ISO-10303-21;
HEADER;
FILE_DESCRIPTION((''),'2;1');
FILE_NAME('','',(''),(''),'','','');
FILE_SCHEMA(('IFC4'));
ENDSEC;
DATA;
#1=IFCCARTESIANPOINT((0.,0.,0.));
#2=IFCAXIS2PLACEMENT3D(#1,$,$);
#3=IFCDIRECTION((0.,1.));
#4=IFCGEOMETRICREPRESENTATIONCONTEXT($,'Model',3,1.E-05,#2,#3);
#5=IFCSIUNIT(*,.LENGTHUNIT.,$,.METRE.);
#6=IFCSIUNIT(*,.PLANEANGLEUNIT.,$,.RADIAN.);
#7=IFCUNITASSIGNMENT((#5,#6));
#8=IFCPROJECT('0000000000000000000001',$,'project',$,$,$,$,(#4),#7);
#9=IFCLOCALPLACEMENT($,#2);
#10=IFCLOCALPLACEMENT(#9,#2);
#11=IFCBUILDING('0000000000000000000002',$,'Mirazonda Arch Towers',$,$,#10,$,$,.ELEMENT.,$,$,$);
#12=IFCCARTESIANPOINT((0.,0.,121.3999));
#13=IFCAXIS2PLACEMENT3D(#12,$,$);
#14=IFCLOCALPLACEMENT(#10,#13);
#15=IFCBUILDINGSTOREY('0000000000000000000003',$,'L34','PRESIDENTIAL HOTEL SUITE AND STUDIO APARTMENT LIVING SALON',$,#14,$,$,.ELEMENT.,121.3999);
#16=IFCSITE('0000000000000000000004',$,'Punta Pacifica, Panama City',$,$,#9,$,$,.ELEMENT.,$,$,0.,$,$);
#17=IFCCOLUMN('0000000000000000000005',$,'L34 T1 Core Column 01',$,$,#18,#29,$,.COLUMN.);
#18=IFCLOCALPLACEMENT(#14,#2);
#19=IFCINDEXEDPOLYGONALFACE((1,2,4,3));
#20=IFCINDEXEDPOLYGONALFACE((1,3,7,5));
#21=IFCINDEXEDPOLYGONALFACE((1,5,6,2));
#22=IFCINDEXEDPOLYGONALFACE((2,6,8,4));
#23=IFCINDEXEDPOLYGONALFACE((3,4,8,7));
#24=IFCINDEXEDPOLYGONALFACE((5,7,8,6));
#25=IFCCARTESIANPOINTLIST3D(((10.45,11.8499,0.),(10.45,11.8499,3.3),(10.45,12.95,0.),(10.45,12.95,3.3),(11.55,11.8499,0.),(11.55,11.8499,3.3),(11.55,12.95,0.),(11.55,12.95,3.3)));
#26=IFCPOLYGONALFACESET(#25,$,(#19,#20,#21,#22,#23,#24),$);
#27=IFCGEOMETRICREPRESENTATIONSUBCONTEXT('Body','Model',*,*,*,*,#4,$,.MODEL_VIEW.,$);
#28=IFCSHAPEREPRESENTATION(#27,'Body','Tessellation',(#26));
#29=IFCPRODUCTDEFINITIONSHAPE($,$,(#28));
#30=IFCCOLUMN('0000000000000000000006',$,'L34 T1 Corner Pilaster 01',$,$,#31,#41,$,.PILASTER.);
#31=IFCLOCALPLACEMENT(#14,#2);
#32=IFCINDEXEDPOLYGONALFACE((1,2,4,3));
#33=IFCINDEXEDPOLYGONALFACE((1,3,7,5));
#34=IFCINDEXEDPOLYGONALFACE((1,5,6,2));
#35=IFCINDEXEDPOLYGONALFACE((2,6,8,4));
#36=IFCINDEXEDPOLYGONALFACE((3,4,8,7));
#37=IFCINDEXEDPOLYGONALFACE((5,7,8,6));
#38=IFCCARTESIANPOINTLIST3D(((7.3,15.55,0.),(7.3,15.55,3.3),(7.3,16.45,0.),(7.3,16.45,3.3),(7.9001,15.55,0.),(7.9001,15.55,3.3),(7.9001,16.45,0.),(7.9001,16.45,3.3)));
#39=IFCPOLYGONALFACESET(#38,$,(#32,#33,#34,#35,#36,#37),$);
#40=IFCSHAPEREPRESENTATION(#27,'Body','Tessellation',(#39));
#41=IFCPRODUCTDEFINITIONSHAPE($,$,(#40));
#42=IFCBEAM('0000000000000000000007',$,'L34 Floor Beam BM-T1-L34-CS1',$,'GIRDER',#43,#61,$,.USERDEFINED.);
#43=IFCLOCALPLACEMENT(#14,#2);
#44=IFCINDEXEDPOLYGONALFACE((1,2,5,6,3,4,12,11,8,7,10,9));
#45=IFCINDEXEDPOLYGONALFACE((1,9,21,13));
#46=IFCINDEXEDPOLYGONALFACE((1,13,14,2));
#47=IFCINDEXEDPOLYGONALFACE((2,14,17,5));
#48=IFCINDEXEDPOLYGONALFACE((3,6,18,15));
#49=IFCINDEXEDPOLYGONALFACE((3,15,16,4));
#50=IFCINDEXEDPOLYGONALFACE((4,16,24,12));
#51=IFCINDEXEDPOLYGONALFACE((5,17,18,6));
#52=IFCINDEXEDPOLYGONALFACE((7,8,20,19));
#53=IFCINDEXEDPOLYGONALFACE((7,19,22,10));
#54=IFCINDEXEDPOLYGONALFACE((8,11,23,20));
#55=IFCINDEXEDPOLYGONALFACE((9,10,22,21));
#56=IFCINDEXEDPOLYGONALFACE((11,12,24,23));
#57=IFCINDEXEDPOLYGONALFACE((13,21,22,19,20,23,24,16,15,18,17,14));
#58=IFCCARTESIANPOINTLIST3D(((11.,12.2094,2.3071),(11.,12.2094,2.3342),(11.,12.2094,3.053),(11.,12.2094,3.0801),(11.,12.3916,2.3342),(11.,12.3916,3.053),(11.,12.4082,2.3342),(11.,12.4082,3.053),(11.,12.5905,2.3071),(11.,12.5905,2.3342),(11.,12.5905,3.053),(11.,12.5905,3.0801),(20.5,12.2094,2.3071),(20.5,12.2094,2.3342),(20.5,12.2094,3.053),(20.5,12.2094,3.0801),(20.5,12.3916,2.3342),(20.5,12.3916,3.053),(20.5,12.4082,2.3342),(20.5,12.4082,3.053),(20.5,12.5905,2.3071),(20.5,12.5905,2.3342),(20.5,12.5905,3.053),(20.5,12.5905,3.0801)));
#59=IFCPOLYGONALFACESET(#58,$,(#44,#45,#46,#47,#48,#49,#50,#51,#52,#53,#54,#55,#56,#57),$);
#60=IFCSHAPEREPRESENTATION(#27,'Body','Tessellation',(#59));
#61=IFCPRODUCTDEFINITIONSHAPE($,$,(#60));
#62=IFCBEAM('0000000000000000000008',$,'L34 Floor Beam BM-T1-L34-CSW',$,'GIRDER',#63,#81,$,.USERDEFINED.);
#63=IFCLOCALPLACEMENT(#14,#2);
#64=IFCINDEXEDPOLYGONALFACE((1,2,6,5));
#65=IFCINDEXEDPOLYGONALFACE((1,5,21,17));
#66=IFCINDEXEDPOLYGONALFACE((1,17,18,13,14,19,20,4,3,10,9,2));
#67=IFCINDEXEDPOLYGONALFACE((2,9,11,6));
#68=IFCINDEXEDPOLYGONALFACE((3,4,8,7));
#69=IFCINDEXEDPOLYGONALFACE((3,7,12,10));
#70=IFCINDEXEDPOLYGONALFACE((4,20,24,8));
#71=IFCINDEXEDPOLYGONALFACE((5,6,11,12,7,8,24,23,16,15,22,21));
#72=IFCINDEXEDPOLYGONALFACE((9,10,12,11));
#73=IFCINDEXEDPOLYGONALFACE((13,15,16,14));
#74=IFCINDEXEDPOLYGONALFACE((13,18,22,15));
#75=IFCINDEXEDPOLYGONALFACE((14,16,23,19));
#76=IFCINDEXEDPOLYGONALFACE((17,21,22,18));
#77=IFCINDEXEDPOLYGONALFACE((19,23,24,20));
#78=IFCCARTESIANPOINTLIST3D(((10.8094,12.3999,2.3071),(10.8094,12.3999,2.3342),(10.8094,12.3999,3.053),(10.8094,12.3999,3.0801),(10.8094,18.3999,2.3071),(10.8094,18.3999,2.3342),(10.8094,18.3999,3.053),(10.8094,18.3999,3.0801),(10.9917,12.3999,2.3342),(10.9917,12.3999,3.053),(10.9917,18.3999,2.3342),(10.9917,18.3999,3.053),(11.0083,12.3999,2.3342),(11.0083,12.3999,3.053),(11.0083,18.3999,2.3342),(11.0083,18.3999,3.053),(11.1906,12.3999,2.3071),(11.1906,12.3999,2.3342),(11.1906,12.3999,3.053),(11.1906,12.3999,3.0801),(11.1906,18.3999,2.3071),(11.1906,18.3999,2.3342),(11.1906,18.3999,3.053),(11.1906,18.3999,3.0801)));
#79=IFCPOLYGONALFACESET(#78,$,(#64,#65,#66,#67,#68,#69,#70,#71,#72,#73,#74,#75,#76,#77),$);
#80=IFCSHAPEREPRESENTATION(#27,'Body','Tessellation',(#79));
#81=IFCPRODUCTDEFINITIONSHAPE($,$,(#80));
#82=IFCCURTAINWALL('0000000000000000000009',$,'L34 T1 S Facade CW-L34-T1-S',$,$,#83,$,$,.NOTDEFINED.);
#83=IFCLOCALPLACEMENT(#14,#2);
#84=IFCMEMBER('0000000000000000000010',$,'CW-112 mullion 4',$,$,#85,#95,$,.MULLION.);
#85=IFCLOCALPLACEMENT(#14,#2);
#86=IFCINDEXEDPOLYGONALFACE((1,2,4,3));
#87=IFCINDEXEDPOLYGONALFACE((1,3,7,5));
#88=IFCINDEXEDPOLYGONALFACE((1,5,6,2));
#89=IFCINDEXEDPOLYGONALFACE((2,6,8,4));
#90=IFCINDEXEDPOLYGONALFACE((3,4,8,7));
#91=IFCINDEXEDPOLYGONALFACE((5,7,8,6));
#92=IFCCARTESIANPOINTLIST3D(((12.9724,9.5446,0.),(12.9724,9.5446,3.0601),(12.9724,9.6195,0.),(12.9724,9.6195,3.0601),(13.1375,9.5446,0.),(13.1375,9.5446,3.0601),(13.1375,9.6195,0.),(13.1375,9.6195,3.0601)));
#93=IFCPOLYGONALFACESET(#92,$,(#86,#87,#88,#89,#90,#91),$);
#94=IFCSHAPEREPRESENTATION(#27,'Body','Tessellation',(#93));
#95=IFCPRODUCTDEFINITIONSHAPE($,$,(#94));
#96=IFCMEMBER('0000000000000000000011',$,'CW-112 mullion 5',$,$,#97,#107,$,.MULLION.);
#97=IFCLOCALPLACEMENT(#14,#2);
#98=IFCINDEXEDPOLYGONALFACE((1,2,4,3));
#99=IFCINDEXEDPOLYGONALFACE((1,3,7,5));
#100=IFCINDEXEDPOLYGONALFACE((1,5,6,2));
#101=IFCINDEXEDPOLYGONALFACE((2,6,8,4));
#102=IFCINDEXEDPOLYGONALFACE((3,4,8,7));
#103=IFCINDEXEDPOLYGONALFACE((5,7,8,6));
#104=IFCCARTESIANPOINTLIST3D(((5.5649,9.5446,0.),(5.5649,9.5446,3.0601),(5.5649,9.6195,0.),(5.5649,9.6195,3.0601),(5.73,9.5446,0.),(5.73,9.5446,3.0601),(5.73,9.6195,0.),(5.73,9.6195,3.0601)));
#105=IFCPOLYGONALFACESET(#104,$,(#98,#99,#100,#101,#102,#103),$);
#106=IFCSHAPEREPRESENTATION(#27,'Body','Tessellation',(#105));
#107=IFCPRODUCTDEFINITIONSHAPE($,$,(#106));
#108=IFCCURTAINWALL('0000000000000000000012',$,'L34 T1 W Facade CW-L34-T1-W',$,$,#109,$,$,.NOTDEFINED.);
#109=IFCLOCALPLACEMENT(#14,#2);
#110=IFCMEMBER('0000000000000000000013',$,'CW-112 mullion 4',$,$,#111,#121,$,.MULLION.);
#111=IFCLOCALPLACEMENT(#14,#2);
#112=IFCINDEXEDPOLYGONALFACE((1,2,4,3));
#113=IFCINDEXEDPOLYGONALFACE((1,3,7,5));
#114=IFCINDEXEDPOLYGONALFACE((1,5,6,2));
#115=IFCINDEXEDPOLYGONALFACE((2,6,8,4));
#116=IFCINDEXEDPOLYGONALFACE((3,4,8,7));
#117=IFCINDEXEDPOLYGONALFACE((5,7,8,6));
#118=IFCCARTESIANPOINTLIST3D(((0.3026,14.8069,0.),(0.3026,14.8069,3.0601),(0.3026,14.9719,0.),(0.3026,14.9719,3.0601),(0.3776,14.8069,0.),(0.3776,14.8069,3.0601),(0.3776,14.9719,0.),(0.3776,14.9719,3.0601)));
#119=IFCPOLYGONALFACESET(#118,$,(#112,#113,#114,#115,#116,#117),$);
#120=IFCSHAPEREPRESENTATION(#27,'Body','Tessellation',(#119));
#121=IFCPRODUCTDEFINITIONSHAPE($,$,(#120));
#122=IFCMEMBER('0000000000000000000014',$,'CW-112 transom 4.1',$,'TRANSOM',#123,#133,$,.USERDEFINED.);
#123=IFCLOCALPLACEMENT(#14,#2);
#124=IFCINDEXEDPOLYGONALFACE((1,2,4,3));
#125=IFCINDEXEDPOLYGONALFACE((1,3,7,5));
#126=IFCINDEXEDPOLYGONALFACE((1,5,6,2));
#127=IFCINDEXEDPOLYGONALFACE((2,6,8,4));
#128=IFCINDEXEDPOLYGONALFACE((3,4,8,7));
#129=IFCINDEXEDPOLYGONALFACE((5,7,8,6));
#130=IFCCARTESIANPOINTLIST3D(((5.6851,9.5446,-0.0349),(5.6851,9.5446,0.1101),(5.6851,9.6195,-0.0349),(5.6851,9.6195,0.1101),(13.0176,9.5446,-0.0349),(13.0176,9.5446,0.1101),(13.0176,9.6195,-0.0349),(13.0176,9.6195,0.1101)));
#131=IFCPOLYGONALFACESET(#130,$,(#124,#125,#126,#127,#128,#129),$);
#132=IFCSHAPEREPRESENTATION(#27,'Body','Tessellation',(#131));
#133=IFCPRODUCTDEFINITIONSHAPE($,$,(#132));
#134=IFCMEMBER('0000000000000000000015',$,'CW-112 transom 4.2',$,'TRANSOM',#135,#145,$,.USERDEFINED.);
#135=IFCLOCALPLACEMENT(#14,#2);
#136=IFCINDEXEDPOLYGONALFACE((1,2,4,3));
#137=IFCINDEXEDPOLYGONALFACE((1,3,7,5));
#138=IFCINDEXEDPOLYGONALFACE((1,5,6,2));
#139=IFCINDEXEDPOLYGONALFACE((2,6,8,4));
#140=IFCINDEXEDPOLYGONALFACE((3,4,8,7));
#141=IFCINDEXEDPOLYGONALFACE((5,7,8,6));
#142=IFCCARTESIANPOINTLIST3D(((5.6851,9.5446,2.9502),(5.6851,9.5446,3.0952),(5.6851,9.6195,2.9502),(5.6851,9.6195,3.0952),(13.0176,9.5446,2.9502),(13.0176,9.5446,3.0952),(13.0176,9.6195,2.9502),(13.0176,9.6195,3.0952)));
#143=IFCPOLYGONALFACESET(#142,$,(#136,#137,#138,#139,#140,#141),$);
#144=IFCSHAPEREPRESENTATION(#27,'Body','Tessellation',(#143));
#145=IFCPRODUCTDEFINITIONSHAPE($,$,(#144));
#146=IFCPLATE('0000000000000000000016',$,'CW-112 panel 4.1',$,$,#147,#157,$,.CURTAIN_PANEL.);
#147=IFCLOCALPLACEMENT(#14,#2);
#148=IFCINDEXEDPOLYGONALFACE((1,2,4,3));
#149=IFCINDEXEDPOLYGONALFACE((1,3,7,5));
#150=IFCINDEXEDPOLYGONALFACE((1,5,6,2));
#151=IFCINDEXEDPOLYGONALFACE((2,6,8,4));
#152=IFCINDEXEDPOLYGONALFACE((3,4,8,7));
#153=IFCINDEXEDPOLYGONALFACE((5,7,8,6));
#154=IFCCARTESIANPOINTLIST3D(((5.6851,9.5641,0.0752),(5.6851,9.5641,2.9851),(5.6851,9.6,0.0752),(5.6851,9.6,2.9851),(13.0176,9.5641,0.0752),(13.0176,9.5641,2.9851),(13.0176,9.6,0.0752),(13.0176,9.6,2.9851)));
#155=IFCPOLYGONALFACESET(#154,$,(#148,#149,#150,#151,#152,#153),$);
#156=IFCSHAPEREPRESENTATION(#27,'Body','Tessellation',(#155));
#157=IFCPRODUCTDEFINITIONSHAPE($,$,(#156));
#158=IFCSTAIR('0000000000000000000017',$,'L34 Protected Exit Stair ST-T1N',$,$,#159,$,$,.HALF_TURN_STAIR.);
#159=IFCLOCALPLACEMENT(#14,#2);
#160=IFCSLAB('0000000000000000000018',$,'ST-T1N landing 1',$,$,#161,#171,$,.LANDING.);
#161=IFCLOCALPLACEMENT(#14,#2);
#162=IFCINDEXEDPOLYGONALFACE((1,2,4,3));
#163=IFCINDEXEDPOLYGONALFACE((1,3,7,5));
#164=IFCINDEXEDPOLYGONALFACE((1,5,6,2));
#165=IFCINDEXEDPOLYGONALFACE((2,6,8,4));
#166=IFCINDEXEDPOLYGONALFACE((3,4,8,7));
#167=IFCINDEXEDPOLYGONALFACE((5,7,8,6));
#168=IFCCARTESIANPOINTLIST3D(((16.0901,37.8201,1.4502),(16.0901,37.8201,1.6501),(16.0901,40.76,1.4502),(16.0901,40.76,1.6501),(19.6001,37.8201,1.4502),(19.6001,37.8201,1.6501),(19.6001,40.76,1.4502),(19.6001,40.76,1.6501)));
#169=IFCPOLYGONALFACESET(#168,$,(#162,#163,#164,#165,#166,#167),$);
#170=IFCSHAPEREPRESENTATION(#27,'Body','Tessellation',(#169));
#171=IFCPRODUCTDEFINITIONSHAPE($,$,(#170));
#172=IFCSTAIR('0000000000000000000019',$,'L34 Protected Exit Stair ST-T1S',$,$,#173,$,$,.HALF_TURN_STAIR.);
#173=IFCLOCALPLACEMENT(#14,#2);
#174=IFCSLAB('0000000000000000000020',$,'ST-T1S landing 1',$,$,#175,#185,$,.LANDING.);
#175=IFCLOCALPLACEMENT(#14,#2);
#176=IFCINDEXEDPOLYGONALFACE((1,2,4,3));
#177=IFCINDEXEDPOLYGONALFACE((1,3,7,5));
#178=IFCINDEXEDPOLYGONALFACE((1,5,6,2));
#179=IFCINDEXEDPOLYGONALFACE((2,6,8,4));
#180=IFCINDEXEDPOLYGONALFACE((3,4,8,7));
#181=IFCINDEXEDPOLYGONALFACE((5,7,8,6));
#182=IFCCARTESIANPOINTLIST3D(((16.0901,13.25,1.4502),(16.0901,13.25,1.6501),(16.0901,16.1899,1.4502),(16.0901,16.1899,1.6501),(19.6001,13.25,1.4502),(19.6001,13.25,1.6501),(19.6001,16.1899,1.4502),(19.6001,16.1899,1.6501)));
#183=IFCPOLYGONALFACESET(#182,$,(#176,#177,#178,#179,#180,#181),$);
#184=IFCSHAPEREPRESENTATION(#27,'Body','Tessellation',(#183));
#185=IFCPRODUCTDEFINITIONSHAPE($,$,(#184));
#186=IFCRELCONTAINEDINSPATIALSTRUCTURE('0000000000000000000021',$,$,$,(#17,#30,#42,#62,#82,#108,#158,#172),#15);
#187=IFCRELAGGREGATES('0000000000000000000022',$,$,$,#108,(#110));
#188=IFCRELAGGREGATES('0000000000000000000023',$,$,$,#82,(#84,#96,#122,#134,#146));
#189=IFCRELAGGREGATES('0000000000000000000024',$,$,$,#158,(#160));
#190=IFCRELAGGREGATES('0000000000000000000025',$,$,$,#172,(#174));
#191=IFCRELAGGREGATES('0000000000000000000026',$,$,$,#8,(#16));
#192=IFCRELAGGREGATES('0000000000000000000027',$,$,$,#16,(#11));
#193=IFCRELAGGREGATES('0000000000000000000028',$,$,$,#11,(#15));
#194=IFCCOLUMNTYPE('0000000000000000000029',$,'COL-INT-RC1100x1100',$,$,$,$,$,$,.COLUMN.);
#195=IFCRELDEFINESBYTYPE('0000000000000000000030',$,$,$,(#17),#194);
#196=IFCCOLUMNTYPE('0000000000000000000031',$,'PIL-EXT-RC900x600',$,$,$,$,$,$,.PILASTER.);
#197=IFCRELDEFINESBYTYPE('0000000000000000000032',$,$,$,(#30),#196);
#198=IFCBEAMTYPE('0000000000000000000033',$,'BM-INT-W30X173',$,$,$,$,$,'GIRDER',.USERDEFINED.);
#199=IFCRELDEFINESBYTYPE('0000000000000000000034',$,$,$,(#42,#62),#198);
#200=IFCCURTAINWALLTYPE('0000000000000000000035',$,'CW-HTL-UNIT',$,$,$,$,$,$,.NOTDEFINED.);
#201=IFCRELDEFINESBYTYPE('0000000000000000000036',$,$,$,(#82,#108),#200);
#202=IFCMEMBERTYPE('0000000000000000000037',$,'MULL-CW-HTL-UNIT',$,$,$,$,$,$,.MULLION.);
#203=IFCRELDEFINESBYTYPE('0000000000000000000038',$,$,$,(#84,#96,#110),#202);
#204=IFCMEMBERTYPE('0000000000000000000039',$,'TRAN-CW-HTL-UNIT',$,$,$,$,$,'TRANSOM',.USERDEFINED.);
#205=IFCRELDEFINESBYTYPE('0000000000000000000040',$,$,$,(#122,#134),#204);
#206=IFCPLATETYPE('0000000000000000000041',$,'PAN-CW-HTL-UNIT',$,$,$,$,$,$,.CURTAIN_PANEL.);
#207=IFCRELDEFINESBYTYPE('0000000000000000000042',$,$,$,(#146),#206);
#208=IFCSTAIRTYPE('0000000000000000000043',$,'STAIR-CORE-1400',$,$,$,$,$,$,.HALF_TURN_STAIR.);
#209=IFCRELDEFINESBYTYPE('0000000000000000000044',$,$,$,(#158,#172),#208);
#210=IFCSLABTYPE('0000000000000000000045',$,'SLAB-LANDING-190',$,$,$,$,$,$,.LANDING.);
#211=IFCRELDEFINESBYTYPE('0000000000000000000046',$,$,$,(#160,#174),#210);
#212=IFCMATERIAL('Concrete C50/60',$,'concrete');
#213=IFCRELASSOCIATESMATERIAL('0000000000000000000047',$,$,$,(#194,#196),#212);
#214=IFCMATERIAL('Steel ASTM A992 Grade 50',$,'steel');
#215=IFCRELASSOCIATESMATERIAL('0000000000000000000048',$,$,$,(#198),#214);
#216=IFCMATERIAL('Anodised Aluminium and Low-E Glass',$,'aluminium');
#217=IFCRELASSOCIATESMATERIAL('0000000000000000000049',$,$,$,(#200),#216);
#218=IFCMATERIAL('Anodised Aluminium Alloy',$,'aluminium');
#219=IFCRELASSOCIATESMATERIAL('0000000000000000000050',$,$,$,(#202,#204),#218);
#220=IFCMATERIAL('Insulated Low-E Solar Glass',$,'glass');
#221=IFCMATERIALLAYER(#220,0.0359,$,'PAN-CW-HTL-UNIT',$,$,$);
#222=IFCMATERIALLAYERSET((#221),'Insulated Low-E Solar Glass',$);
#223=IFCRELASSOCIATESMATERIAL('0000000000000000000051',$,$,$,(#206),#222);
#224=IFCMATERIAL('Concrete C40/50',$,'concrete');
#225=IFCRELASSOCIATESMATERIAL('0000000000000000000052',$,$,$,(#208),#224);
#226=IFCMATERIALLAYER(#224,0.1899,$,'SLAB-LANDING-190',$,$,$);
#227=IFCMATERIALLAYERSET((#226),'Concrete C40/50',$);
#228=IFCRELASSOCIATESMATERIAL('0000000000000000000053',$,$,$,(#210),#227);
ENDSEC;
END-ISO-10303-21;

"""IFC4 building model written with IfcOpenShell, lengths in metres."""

from ifc_helpers import new_model, si_unit, direction, frame, origin, origin_2d, place, context, subcontext, project, spatial, polyline, rectangle, i_section, outline, extrude, material, layer, layer_set, material_profile, profile_set, type_object, element, aggregate, save


model = new_model("IFC4")

# Units and contexts
model_context = context("Model", 3, precision=1e-05, world=origin(), true_north=direction((0.0, 1.0)))
body_context = subcontext(model_context, "Body", "Model", "MODEL_VIEW")
ifc_project = project(units=[si_unit("LENGTHUNIT", "METRE"), si_unit("PLANEANGLEUNIT", "RADIAN")], contexts=[model_context])

# Site, building, storey
site_placement = place(None, origin())
site = spatial("IfcSite", under=ifc_project, at=site_placement, Name="Punta Pacifica, Panama City", CompositionType="ELEMENT", RefElevation=0.0)
building_placement = place(site_placement, origin())
building = spatial("IfcBuilding", under=site, at=building_placement, Name="Mirazonda Arch Towers", CompositionType="ELEMENT")
storey_placement = place(building_placement, frame((0.0, 0.0, 121.3999)))
storey = spatial("IfcBuildingStorey", under=building, at=storey_placement, Name="L34", Description="PRESIDENTIAL HOTEL SUITE AND STUDIO APARTMENT LIVING SALON", CompositionType="ELEMENT", Elevation=121.3999)

# Columns
ifc_material_1 = material(Name="Concrete C50/60", Category="concrete")
ifc_material_profile_1 = material_profile(ifc_material_1, rectangle(XDim=1.1001, YDim=1.1001, at=origin_2d()), Name="RC1100x1100")
ifc_profile_set_1 = profile_set([ifc_material_profile_1], Name="Concrete C50/60")
column_type_1 = type_object("IfcColumnType", Name="COL-INT-RC1100x1100", PredefinedType="COLUMN", material=ifc_profile_set_1)
column_1_placement = place(storey_placement, frame((11.0, 12.3999, 0.0), z_axis=(0.0, 0.0, 1.0), x_axis=(1.0, 0.0, 0.0)))
element("IfcColumn", 1, at=column_1_placement, inside=storey, type_object=column_type_1, Name="L34 T1 Core Column 01", PredefinedType="COLUMN", context=body_context, shape_type="SweptSolid", body=[
    extrude(rectangle(XDim=1.1001, YDim=1.1001, at=origin_2d()), origin(), (0.0, 0.0, 1.0), 3.3),
])
ifc_material_profile_2 = material_profile(ifc_material_1, rectangle(XDim=0.6001, YDim=0.8999, at=origin_2d()), Name="RC900x600")
ifc_profile_set_2 = profile_set([ifc_material_profile_2], Name="Concrete C50/60")
column_type_2 = type_object("IfcColumnType", Name="PIL-EXT-RC900x600", PredefinedType="PILASTER", material=ifc_profile_set_2)
column_2_placement = place(storey_placement, frame((7.6001, 16.0, 0.0), z_axis=(0.0, 0.0, 1.0), x_axis=(1.0, 0.0, 0.0)))
element("IfcColumn", 2, at=column_2_placement, inside=storey, type_object=column_type_2, Name="L34 T1 Corner Pilaster 01", PredefinedType="PILASTER", context=body_context, shape_type="SweptSolid", body=[
    extrude(rectangle(XDim=0.6001, YDim=0.8999, at=origin_2d()), origin(), (0.0, 0.0, 1.0), 3.3),
])

# Beams
ifc_material_2 = material(Name="Steel ASTM A992 Grade 50", Category="steel")
ifc_material_profile_3 = material_profile(ifc_material_2, i_section(OverallWidth=0.3811, OverallDepth=0.7729, WebThickness=0.0166, FlangeThickness=0.0271, at=origin_2d()), Name="W30X173")
ifc_profile_set_3 = profile_set([ifc_material_profile_3], Name="Steel ASTM A992 Grade 50")
beam_type = type_object("IfcBeamType", Name="BM-INT-W30X173", ElementType="GIRDER", PredefinedType="USERDEFINED", material=ifc_profile_set_3)
beam_1_placement = place(storey_placement, frame((11.0, 12.3999, 2.6936), z_axis=(1.0, 0.0, 0.0), x_axis=(0.0, 1.0, 0.0)))
element("IfcBeam", 3, at=beam_1_placement, inside=storey, type_object=beam_type, Name="L34 Floor Beam BM-T1-L34-CS1", ObjectType="GIRDER", PredefinedType="USERDEFINED", context=body_context, shape_type="SweptSolid", body=[
    extrude(i_section(OverallWidth=0.3811, OverallDepth=0.7729, WebThickness=0.0166, FlangeThickness=0.0271, at=origin_2d()), origin(), (0.0, 0.0, 1.0), 9.5),
])
beam_2_placement = place(storey_placement, frame((11.0, 12.3999, 2.6936), z_axis=(0.0, 1.0, 0.0), x_axis=(-1.0, 0.0, 0.0)))
element("IfcBeam", 4, at=beam_2_placement, inside=storey, type_object=beam_type, Name="L34 Floor Beam BM-T1-L34-CSW", ObjectType="GIRDER", PredefinedType="USERDEFINED", context=body_context, shape_type="SweptSolid", body=[
    extrude(i_section(OverallWidth=0.3811, OverallDepth=0.7729, WebThickness=0.0166, FlangeThickness=0.0271, at=origin_2d()), origin(), (0.0, 0.0, 1.0), 6.0),
])

# Curtain wall, members
ifc_material_3 = material(Name="Anodised Aluminium and Low-E Glass", Category="aluminium")
curtain_wall_type = type_object("IfcCurtainWallType", Name="CW-HTL-UNIT", PredefinedType="NOTDEFINED", material=ifc_material_3)
curtain_wall_1_placement = place(storey_placement, origin())
curtain_wall_1 = element("IfcCurtainWall", 5, at=curtain_wall_1_placement, inside=storey, type_object=curtain_wall_type, Name="L34 T1 S Facade CW-L34-T1-S", PredefinedType="NOTDEFINED")
ifc_material_4 = material(Name="Anodised Aluminium Alloy", Category="aluminium")
ifc_material_profile_4 = material_profile(ifc_material_4, rectangle(XDim=0.075, YDim=0.165, at=origin_2d()), Name="ALU-MULL-75x165")
ifc_profile_set_4 = profile_set([ifc_material_profile_4], Name="Anodised Aluminium Alloy")
member_type_1 = type_object("IfcMemberType", Name="MULL-CW-HTL-UNIT", PredefinedType="MULLION", material=ifc_profile_set_4)
member_1_placement = place(storey_placement, frame((13.0549, 9.582, 0.0), z_axis=(0.0, 0.0, 1.0), x_axis=(0.0, -1.0, 0.0)))
member_1 = element("IfcMember", 6, at=member_1_placement, type_object=member_type_1, Name="CW-112 mullion 4", PredefinedType="MULLION", context=body_context, shape_type="SweptSolid", body=[
    extrude(rectangle(XDim=0.075, YDim=0.165, at=origin_2d()), origin(), (0.0, 0.0, 1.0), 3.0601),
])
member_2_placement = place(storey_placement, frame((5.6475, 9.582, 0.0), z_axis=(0.0, 0.0, 1.0), x_axis=(0.0, -1.0, 0.0)))
member_2 = element("IfcMember", 7, at=member_2_placement, type_object=member_type_1, Name="CW-112 mullion 5", PredefinedType="MULLION", context=body_context, shape_type="SweptSolid", body=[
    extrude(rectangle(XDim=0.075, YDim=0.165, at=origin_2d()), origin(), (0.0, 0.0, 1.0), 3.0601),
])

# Curtain wall, member
curtain_wall_2_placement = place(storey_placement, origin())
curtain_wall_2 = element("IfcCurtainWall", 8, at=curtain_wall_2_placement, inside=storey, type_object=curtain_wall_type, Name="L34 T1 W Facade CW-L34-T1-W", PredefinedType="NOTDEFINED")
member_3_placement = place(storey_placement, frame((0.3401, 14.8894, 0.0), z_axis=(0.0, 0.0, 1.0), x_axis=(1.0, 0.0, 0.0)))
member_3 = element("IfcMember", 9, at=member_3_placement, type_object=member_type_1, Name="CW-112 mullion 4", PredefinedType="MULLION", context=body_context, shape_type="SweptSolid", body=[
    extrude(rectangle(XDim=0.075, YDim=0.165, at=origin_2d()), origin(), (0.0, 0.0, 1.0), 3.0601),
])
aggregate(curtain_wall_2, [member_3])

# Members
ifc_material_profile_5 = material_profile(ifc_material_4, rectangle(XDim=0.075, YDim=0.145, at=origin_2d()), Name="ALU-TRAN-75x145")
ifc_profile_set_5 = profile_set([ifc_material_profile_5], Name="Anodised Aluminium Alloy")
member_type_2 = type_object("IfcMemberType", Name="TRAN-CW-HTL-UNIT", ElementType="TRANSOM", PredefinedType="USERDEFINED", material=ifc_profile_set_5)
member_4_placement = place(storey_placement, frame((13.0176, 9.582, 0.0376), z_axis=(-1.0, 0.0, 0.0), x_axis=(0.0, -1.0, 0.0)))
member_4 = element("IfcMember", 10, at=member_4_placement, type_object=member_type_2, Name="CW-112 transom 4.1", ObjectType="TRANSOM", PredefinedType="USERDEFINED", context=body_context, shape_type="SweptSolid", body=[
    extrude(rectangle(XDim=0.075, YDim=0.145, at=origin_2d()), origin(), (0.0, 0.0, 1.0), 7.3325),
])
member_5_placement = place(storey_placement, frame((13.0176, 9.582, 3.0227), z_axis=(-1.0, 0.0, 0.0), x_axis=(0.0, -1.0, 0.0)))
member_5 = element("IfcMember", 11, at=member_5_placement, type_object=member_type_2, Name="CW-112 transom 4.2", ObjectType="TRANSOM", PredefinedType="USERDEFINED", context=body_context, shape_type="SweptSolid", body=[
    extrude(rectangle(XDim=0.075, YDim=0.145, at=origin_2d()), origin(), (0.0, 0.0, 1.0), 7.3325),
])

# Plate
ifc_material_5 = material(Name="Insulated Low-E Solar Glass", Category="glass")
ifc_layer_1 = layer(ifc_material_5, 0.0359, Name="PAN-CW-HTL-UNIT")
ifc_layer_set_1 = layer_set([ifc_layer_1], Name="Insulated Low-E Solar Glass")
plate_type = type_object("IfcPlateType", Name="PAN-CW-HTL-UNIT", PredefinedType="CURTAIN_PANEL", material=ifc_layer_set_1)
plate_placement = place(storey_placement, frame((9.3513, 9.582, 0.0752), z_axis=(0.0, 0.0, 1.0), x_axis=(-1.0, 0.0, 0.0)))
plate = element("IfcPlate", 12, at=plate_placement, type_object=plate_type, Name="CW-112 panel 4.1", PredefinedType="CURTAIN_PANEL", context=body_context, shape_type="SweptSolid", body=[
    extrude(rectangle(XDim=7.3325, YDim=0.0359, at=origin_2d()), origin(), (0.0, 0.0, 1.0), 2.9099),
])
aggregate(curtain_wall_1, [member_1, member_2, member_4, member_5, plate])

# Stairs, slabs
ifc_material_6 = material(Name="Concrete C40/50", Category="concrete")
stair_type = type_object("IfcStairType", Name="STAIR-CORE-1400", PredefinedType="HALF_TURN_STAIR", material=ifc_material_6)
stair_1_placement = place(storey_placement, origin())
stair_1 = element("IfcStair", 13, at=stair_1_placement, inside=storey, type_object=stair_type, Name="L34 Protected Exit Stair ST-T1N", PredefinedType="HALF_TURN_STAIR")
ifc_layer_2 = layer(ifc_material_6, 0.1899, Name="SLAB-LANDING-190")
ifc_layer_set_2 = layer_set([ifc_layer_2], Name="Concrete C40/50")
slab_type_1 = type_object("IfcSlabType", Name="SLAB-LANDING-190", PredefinedType="LANDING", material=ifc_layer_set_2)
slab_1_placement = place(storey_placement, frame((0.0, 0.0, 1.4502)))
slab_1 = element("IfcSlab", 14, at=slab_1_placement, type_object=slab_type_1, Name="ST-T1N landing 1", PredefinedType="LANDING", context=body_context, shape_type="SweptSolid", body=[
    extrude(outline(polyline([(16.0901, 37.8201), (19.6001, 37.8201), (19.6001, 40.76), (16.0901, 40.76), (16.0901, 37.8201)])), origin(), (0.0, 0.0, 1.0), 0.2),
])
aggregate(stair_1, [slab_1])
stair_2_placement = place(storey_placement, origin())
stair_2 = element("IfcStair", 15, at=stair_2_placement, inside=storey, type_object=stair_type, Name="L34 Protected Exit Stair ST-T1S", PredefinedType="HALF_TURN_STAIR")
slab_2_placement = place(storey_placement, frame((0.0, 0.0, 1.4502)))
slab_2 = element("IfcSlab", 16, at=slab_2_placement, type_object=slab_type_1, Name="ST-T1S landing 1", PredefinedType="LANDING", context=body_context, shape_type="SweptSolid", body=[
    extrude(outline(polyline([(16.0901, 13.25), (19.6001, 13.25), (19.6001, 16.1899), (16.0901, 16.1899), (16.0901, 13.25)])), origin(), (0.0, 0.0, 1.0), 0.2),
])
aggregate(stair_2, [slab_2])

save(model, "model.ifc")
